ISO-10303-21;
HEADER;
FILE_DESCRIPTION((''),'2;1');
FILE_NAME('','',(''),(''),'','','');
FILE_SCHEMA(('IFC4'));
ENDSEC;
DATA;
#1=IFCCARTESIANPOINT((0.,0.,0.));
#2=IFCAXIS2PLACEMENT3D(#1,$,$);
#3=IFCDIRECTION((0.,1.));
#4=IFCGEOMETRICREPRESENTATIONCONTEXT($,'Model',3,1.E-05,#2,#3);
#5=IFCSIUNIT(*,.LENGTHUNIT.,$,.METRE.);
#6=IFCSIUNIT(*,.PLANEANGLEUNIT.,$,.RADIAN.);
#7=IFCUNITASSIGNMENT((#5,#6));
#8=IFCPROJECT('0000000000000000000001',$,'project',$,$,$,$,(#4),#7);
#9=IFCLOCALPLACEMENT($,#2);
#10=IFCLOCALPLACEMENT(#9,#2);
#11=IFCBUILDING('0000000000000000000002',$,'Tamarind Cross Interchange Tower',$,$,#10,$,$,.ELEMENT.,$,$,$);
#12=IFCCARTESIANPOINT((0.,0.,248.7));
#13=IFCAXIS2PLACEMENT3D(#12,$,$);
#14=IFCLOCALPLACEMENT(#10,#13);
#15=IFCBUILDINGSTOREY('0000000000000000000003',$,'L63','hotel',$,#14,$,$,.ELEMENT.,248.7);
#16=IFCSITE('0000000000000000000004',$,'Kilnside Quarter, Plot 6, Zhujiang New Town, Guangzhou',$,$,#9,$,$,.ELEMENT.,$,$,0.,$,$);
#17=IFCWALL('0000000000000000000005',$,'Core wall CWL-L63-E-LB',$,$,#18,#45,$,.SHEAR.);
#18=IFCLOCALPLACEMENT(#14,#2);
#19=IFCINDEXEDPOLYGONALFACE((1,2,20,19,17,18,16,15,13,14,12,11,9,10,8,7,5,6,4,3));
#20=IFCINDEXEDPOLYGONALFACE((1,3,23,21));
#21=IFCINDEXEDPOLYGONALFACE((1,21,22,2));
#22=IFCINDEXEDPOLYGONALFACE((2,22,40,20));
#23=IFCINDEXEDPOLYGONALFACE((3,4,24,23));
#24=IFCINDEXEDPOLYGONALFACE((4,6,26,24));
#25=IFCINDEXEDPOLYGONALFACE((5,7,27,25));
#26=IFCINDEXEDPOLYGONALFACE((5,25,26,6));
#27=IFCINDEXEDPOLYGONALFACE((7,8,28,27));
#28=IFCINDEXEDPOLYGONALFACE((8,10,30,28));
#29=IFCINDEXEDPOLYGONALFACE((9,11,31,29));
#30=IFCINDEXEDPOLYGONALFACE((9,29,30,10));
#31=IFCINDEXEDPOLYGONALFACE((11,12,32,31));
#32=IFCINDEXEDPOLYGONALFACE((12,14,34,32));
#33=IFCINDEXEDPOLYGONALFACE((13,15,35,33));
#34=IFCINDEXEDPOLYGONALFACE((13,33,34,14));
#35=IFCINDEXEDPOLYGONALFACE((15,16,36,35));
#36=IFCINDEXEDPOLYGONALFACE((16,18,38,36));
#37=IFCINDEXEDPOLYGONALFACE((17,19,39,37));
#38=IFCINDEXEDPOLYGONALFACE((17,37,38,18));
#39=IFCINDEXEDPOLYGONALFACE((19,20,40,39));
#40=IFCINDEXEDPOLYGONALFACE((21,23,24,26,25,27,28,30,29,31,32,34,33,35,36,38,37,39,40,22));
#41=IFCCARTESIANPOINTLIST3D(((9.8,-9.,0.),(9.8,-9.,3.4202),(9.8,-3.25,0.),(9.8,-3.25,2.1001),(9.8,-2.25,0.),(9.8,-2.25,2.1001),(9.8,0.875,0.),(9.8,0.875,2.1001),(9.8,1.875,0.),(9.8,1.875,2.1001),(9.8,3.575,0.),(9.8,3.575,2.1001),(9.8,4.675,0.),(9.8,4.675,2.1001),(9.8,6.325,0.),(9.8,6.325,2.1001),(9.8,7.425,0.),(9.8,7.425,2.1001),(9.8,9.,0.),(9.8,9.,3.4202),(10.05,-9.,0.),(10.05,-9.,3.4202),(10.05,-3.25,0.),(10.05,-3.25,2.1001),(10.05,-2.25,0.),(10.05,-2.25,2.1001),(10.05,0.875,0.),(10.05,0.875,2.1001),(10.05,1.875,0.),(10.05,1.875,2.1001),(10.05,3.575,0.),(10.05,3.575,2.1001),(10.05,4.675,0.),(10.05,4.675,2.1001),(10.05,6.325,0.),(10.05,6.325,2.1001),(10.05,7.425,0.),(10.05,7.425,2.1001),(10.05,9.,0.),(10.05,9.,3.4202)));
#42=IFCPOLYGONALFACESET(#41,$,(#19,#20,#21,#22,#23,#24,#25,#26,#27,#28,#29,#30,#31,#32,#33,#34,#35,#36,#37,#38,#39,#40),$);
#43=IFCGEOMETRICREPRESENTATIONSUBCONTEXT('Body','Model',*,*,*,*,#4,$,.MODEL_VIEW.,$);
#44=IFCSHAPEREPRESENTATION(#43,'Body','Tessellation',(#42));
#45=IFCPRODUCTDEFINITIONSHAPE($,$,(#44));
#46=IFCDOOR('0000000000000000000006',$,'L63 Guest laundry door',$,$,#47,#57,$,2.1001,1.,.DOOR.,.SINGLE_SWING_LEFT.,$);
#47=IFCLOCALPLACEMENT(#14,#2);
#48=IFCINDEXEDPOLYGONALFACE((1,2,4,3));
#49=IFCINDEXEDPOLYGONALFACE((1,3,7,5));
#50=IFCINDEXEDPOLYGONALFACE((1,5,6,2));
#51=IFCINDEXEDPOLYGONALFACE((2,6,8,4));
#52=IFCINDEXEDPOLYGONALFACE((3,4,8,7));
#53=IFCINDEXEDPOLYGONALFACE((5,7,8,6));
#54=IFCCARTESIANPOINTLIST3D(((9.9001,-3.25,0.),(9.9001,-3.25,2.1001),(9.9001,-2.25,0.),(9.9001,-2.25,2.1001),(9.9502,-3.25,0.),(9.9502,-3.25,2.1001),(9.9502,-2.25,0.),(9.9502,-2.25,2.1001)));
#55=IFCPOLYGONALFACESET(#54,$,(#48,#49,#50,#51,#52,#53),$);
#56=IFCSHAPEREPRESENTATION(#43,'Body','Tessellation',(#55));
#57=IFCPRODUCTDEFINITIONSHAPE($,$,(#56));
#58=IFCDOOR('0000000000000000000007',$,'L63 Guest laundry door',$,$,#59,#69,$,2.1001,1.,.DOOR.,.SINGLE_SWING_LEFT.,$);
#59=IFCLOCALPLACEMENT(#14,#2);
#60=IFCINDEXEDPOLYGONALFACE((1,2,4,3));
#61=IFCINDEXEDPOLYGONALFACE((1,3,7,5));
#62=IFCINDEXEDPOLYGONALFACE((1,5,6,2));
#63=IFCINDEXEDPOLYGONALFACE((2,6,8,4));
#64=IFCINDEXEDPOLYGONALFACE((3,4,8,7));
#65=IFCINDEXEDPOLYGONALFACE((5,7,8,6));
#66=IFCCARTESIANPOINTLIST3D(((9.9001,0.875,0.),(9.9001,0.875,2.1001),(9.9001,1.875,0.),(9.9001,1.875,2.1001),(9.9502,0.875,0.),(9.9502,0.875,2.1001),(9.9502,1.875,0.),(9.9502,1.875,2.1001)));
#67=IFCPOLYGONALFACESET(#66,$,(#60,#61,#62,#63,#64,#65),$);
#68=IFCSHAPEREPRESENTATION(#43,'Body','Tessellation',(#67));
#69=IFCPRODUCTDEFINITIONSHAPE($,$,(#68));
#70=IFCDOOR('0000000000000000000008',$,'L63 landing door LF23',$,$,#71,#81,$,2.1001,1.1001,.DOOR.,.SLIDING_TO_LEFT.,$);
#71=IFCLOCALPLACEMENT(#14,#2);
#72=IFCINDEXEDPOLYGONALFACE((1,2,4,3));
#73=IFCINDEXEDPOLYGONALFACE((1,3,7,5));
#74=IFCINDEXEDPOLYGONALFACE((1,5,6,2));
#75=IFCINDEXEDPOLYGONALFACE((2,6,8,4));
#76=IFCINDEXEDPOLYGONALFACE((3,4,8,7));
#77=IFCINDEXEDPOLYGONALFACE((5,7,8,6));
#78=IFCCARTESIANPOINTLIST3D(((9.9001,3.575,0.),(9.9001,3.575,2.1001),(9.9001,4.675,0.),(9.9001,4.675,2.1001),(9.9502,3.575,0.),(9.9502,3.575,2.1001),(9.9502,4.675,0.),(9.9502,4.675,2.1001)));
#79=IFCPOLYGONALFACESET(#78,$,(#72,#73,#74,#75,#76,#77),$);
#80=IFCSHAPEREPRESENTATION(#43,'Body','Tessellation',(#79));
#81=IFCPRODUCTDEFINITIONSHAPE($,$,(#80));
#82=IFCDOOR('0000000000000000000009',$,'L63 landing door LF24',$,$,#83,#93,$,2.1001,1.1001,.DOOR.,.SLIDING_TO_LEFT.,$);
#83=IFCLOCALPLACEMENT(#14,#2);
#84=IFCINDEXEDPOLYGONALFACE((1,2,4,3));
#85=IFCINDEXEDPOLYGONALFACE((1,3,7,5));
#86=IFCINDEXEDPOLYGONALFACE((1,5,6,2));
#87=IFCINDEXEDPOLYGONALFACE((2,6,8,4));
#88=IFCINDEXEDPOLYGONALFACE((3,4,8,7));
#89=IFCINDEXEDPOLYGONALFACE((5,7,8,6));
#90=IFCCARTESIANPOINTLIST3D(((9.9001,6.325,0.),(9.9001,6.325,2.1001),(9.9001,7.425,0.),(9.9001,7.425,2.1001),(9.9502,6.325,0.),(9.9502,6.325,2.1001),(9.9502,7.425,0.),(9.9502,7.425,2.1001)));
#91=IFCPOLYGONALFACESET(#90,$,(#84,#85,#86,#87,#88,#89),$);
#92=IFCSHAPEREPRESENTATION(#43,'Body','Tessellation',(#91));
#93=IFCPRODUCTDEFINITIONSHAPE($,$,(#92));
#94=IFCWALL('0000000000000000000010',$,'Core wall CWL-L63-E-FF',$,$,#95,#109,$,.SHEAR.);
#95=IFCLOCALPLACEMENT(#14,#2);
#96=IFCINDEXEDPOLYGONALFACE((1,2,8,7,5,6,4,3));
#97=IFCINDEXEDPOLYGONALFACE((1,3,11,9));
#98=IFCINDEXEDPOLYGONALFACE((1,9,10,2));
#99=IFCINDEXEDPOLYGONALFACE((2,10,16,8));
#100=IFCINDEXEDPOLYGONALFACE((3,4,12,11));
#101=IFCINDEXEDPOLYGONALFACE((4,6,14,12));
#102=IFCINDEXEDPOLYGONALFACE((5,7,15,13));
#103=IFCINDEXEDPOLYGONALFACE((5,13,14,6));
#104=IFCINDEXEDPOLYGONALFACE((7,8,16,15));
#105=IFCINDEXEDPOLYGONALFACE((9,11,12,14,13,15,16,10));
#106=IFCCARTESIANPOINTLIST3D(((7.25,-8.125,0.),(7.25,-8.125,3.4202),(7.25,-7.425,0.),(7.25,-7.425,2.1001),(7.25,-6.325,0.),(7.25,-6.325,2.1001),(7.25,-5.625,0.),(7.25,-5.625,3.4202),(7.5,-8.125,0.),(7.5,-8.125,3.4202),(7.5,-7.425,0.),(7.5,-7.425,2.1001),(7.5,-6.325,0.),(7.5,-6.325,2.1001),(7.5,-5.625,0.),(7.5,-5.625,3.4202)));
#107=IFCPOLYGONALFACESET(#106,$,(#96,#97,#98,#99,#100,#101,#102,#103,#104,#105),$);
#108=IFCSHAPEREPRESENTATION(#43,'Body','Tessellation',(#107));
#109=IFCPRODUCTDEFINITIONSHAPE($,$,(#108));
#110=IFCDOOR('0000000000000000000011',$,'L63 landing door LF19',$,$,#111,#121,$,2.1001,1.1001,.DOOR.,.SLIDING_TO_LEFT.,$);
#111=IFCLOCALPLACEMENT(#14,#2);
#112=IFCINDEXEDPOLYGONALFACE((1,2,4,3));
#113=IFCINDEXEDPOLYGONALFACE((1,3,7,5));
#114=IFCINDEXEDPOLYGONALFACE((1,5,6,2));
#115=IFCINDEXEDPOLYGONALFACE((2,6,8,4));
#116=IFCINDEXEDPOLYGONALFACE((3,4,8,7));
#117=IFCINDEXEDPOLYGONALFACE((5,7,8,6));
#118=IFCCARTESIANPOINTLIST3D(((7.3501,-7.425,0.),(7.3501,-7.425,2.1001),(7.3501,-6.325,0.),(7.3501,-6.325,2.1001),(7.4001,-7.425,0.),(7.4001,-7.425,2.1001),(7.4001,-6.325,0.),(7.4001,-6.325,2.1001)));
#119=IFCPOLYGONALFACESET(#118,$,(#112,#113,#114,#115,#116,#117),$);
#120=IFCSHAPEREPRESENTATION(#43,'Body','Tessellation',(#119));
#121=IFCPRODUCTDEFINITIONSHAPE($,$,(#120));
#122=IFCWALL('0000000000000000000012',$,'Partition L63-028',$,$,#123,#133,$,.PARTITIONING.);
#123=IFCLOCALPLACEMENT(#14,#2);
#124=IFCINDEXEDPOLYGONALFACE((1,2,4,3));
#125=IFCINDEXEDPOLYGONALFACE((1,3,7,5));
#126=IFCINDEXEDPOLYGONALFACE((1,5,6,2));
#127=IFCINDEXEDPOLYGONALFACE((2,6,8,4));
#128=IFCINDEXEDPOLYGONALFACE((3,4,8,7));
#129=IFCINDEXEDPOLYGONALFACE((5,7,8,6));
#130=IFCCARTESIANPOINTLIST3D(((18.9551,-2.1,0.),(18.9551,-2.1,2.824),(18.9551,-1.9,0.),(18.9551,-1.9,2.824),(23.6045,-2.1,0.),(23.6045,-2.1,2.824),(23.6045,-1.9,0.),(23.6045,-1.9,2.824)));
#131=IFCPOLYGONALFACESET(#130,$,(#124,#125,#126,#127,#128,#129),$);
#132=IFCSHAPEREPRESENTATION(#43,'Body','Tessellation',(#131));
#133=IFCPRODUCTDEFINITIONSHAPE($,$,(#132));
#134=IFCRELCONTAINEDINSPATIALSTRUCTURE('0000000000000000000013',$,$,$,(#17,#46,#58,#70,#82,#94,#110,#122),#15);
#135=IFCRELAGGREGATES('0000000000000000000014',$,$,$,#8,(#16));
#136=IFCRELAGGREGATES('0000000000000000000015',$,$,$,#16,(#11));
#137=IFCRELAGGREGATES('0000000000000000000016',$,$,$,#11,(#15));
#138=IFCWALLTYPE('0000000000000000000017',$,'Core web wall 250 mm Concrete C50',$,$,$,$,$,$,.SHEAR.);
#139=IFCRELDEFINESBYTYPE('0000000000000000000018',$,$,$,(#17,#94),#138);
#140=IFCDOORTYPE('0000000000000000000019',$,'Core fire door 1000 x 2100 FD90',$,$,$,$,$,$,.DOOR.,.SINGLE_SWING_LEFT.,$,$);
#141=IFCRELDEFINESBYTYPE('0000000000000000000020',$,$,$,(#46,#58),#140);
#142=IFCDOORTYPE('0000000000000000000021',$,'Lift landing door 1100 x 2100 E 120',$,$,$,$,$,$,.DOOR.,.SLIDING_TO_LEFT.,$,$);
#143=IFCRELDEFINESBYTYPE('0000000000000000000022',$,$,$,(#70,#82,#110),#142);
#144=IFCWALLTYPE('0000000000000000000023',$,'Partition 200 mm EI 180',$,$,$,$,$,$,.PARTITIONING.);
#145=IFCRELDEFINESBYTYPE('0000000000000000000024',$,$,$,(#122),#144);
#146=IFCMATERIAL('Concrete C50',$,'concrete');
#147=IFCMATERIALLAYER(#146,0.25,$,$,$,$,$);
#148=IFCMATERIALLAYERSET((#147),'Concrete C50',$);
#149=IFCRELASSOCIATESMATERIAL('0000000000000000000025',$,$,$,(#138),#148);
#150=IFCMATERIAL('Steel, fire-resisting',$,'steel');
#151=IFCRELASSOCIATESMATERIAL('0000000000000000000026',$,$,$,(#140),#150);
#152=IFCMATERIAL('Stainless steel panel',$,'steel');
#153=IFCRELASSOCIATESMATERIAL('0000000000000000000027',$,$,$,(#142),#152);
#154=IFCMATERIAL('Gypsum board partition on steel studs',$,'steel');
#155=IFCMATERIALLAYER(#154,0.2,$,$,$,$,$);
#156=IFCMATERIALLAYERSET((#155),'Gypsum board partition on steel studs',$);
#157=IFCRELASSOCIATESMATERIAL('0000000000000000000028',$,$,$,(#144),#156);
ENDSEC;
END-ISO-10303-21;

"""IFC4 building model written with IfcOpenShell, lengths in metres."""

from ifc_helpers import new_model, si_unit, direction, frame, frame_2d, origin, place, context, subcontext, project, spatial, rectangle, extrude, material, layer, layer_set, type_object, element, fill, save


model = new_model("IFC4")

# Units and contexts
model_context = context("Model", 3, precision=1e-05, world=origin(), true_north=direction((0.0, 1.0)))
body_context = subcontext(model_context, "Body", "Model", "MODEL_VIEW")
ifc_project = project(units=[si_unit("LENGTHUNIT", "METRE"), si_unit("PLANEANGLEUNIT", "RADIAN")], contexts=[model_context])

# Site, building, storey
site_placement = place(None, origin())
site = spatial("IfcSite", under=ifc_project, at=site_placement, Name="Kilnside Quarter, Plot 6, Zhujiang New Town, Guangzhou", CompositionType="ELEMENT", RefElevation=0.0)
building_placement = place(site_placement, origin())
building = spatial("IfcBuilding", under=site, at=building_placement, Name="Tamarind Cross Interchange Tower", CompositionType="ELEMENT")
storey_placement = place(building_placement, frame((0.0, 0.0, 248.7)))
storey = spatial("IfcBuildingStorey", under=building, at=storey_placement, Name="L63", Description="hotel", CompositionType="ELEMENT", Elevation=248.7)

# Shared definitions
ifc_material_1 = material(Name="Concrete C50", Category="concrete")

# Wall, openings, doors
ifc_material_2 = material(Name="Steel, fire-resisting", Category="steel")
ifc_layer_1 = layer(ifc_material_1, 0.25)
ifc_layer_set_1 = layer_set([ifc_layer_1], Name="Concrete C50")
wall_type_1 = type_object("IfcWallType", Name="Core web wall 250 mm Concrete C50", PredefinedType="SHEAR", material=ifc_layer_set_1)
door_type_1 = type_object("IfcDoorType", Name="Core fire door 1000 x 2100 FD90", OperationType="SINGLE_SWING_LEFT", PredefinedType="DOOR", material=ifc_material_2)
ifc_material_3 = material(Name="Stainless steel panel", Category="steel")
wall_1_placement = place(storey_placement, frame((9.925, -9.0, 0.0), z_axis=(0.0, 0.0, 1.0), x_axis=(0.0, 1.0, 0.0)))
wall_1 = element("IfcWall", 1, at=wall_1_placement, inside=storey, type_object=wall_type_1, Name="Core wall CWL-L63-E-LB", PredefinedType="SHEAR", context=body_context, shape_type="SweptSolid", body=[
    extrude(rectangle(XDim=18.0, YDim=0.25, at=frame_2d((9.0, 0.0))), origin(), (0.0, 0.0, 1.0), 3.4202),
])
opening_1_placement = place(wall_1_placement, frame((12.575, 0.0, 0.0)))
opening_1 = element("IfcOpeningElement", 2, at=opening_1_placement, cuts=wall_1, PredefinedType="OPENING", context=body_context, shape_type="SweptSolid", body=[
    extrude(rectangle(XDim=1.1001, YDim=2.1001, at=frame_2d((0.55, 1.05))), frame((0.0, 0.135, 0.0), z_axis=(0.0, -1.0, 0.0), x_axis=(1.0, 0.0, 0.0)), (0.0, 0.0, 1.0), 0.27),
])
opening_2_placement = place(wall_1_placement, frame((15.325, 0.0, 0.0)))
opening_2 = element("IfcOpeningElement", 3, at=opening_2_placement, cuts=wall_1, PredefinedType="OPENING", context=body_context, shape_type="SweptSolid", body=[
    extrude(rectangle(XDim=1.1001, YDim=2.1001, at=frame_2d((0.55, 1.05))), frame((0.0, 0.135, 0.0), z_axis=(0.0, -1.0, 0.0), x_axis=(1.0, 0.0, 0.0)), (0.0, 0.0, 1.0), 0.27),
])
opening_3_placement = place(wall_1_placement, frame((5.75, 0.0, 0.0)))
opening_3 = element("IfcOpeningElement", 4, at=opening_3_placement, cuts=wall_1, PredefinedType="OPENING", context=body_context, shape_type="SweptSolid", body=[
    extrude(rectangle(XDim=1.0, YDim=2.1001, at=frame_2d((0.5, 1.05))), frame((0.0, 0.135, 0.0), z_axis=(0.0, -1.0, 0.0), x_axis=(1.0, 0.0, 0.0)), (0.0, 0.0, 1.0), 0.27),
])
opening_4_placement = place(wall_1_placement, frame((9.875, 0.0, 0.0)))
opening_4 = element("IfcOpeningElement", 5, at=opening_4_placement, cuts=wall_1, PredefinedType="OPENING", context=body_context, shape_type="SweptSolid", body=[
    extrude(rectangle(XDim=1.0, YDim=2.1001, at=frame_2d((0.5, 1.05))), frame((0.0, 0.135, 0.0), z_axis=(0.0, -1.0, 0.0), x_axis=(1.0, 0.0, 0.0)), (0.0, 0.0, 1.0), 0.27),
])
door_1_placement = place(opening_3_placement, origin())
door_1 = element("IfcDoor", 6, at=door_1_placement, inside=storey, type_object=door_type_1, Name="L63 Guest laundry door", OperationType="SINGLE_SWING_LEFT", OverallHeight=2.1001, OverallWidth=1.0, PredefinedType="DOOR", context=body_context, shape_type="SweptSolid", body=[
    extrude(rectangle(XDim=1.0, YDim=2.1001, at=frame_2d((0.5, 1.05))), frame((0.0, 0.0249, 0.0), z_axis=(0.0, -1.0, 0.0), x_axis=(1.0, 0.0, 0.0)), (0.0, 0.0, 1.0), 0.05),
])
fill(opening_3, door_1)
door_2_placement = place(opening_4_placement, origin())
door_2 = element("IfcDoor", 7, at=door_2_placement, inside=storey, type_object=door_type_1, Name="L63 Guest laundry door", OperationType="SINGLE_SWING_LEFT", OverallHeight=2.1001, OverallWidth=1.0, PredefinedType="DOOR", context=body_context, shape_type="SweptSolid", body=[
    extrude(rectangle(XDim=1.0, YDim=2.1001, at=frame_2d((0.5, 1.05))), frame((0.0, 0.0249, 0.0), z_axis=(0.0, -1.0, 0.0), x_axis=(1.0, 0.0, 0.0)), (0.0, 0.0, 1.0), 0.05),
])
fill(opening_4, door_2)
door_type_2 = type_object("IfcDoorType", Name="Lift landing door 1100 x 2100 E 120", OperationType="SLIDING_TO_LEFT", PredefinedType="DOOR", material=ifc_material_3)
door_3_placement = place(opening_1_placement, origin())
door_3 = element("IfcDoor", 8, at=door_3_placement, inside=storey, type_object=door_type_2, Name="L63 landing door LF23", OperationType="SLIDING_TO_LEFT", OverallHeight=2.1001, OverallWidth=1.1001, PredefinedType="DOOR", context=body_context, shape_type="SweptSolid", body=[
    extrude(rectangle(XDim=1.1001, YDim=2.1001, at=frame_2d((0.55, 1.05))), frame((0.0, 0.0249, 0.0), z_axis=(0.0, -1.0, 0.0), x_axis=(1.0, 0.0, 0.0)), (0.0, 0.0, 1.0), 0.05),
])
fill(opening_1, door_3)
door_4_placement = place(opening_2_placement, origin())
door_4 = element("IfcDoor", 9, at=door_4_placement, inside=storey, type_object=door_type_2, Name="L63 landing door LF24", OperationType="SLIDING_TO_LEFT", OverallHeight=2.1001, OverallWidth=1.1001, PredefinedType="DOOR", context=body_context, shape_type="SweptSolid", body=[
    extrude(rectangle(XDim=1.1001, YDim=2.1001, at=frame_2d((0.55, 1.05))), frame((0.0, 0.0249, 0.0), z_axis=(0.0, -1.0, 0.0), x_axis=(1.0, 0.0, 0.0)), (0.0, 0.0, 1.0), 0.05),
])
fill(opening_2, door_4)

# Wall, opening, door
wall_2_placement = place(storey_placement, frame((7.375, -8.125, 0.0), z_axis=(0.0, 0.0, 1.0), x_axis=(0.0, 1.0, 0.0)))
wall_2 = element("IfcWall", 10, at=wall_2_placement, inside=storey, type_object=wall_type_1, Name="Core wall CWL-L63-E-FF", PredefinedType="SHEAR", context=body_context, shape_type="SweptSolid", body=[
    extrude(rectangle(XDim=2.5, YDim=0.25, at=frame_2d((1.25, 0.0))), origin(), (0.0, 0.0, 1.0), 3.4202),
])
opening_5_placement = place(wall_2_placement, frame((0.7, 0.0, 0.0)))
opening_5 = element("IfcOpeningElement", 11, at=opening_5_placement, cuts=wall_2, PredefinedType="OPENING", context=body_context, shape_type="SweptSolid", body=[
    extrude(rectangle(XDim=1.1001, YDim=2.1001, at=frame_2d((0.55, 1.05))), frame((0.0, 0.135, 0.0), z_axis=(0.0, -1.0, 0.0), x_axis=(1.0, 0.0, 0.0)), (0.0, 0.0, 1.0), 0.27),
])
door_5_placement = place(opening_5_placement, origin())
door_5 = element("IfcDoor", 12, at=door_5_placement, inside=storey, type_object=door_type_2, Name="L63 landing door LF19", OperationType="SLIDING_TO_LEFT", OverallHeight=2.1001, OverallWidth=1.1001, PredefinedType="DOOR", context=body_context, shape_type="SweptSolid", body=[
    extrude(rectangle(XDim=1.1001, YDim=2.1001, at=frame_2d((0.55, 1.05))), frame((0.0, 0.0249, 0.0), z_axis=(0.0, -1.0, 0.0), x_axis=(1.0, 0.0, 0.0)), (0.0, 0.0, 1.0), 0.05),
])
fill(opening_5, door_5)

# Wall
ifc_material_4 = material(Name="Gypsum board partition on steel studs", Category="steel")
ifc_layer_2 = layer(ifc_material_4, 0.2)
ifc_layer_set_2 = layer_set([ifc_layer_2], Name="Gypsum board partition on steel studs")
wall_type_2 = type_object("IfcWallType", Name="Partition 200 mm EI 180", PredefinedType="PARTITIONING", material=ifc_layer_set_2)
wall_3_placement = place(storey_placement, frame((18.9551, -2.0, 0.0), z_axis=(0.0, 0.0, 1.0), x_axis=(1.0, 0.0, 0.0)))
element("IfcWall", 13, at=wall_3_placement, inside=storey, type_object=wall_type_2, Name="Partition L63-028", PredefinedType="PARTITIONING", context=body_context, shape_type="SweptSolid", body=[
    extrude(rectangle(XDim=4.6494, YDim=0.2, at=frame_2d((2.3247, 0.0))), origin(), (0.0, 0.0, 1.0), 2.824),
])

save(model, "model.ifc")
